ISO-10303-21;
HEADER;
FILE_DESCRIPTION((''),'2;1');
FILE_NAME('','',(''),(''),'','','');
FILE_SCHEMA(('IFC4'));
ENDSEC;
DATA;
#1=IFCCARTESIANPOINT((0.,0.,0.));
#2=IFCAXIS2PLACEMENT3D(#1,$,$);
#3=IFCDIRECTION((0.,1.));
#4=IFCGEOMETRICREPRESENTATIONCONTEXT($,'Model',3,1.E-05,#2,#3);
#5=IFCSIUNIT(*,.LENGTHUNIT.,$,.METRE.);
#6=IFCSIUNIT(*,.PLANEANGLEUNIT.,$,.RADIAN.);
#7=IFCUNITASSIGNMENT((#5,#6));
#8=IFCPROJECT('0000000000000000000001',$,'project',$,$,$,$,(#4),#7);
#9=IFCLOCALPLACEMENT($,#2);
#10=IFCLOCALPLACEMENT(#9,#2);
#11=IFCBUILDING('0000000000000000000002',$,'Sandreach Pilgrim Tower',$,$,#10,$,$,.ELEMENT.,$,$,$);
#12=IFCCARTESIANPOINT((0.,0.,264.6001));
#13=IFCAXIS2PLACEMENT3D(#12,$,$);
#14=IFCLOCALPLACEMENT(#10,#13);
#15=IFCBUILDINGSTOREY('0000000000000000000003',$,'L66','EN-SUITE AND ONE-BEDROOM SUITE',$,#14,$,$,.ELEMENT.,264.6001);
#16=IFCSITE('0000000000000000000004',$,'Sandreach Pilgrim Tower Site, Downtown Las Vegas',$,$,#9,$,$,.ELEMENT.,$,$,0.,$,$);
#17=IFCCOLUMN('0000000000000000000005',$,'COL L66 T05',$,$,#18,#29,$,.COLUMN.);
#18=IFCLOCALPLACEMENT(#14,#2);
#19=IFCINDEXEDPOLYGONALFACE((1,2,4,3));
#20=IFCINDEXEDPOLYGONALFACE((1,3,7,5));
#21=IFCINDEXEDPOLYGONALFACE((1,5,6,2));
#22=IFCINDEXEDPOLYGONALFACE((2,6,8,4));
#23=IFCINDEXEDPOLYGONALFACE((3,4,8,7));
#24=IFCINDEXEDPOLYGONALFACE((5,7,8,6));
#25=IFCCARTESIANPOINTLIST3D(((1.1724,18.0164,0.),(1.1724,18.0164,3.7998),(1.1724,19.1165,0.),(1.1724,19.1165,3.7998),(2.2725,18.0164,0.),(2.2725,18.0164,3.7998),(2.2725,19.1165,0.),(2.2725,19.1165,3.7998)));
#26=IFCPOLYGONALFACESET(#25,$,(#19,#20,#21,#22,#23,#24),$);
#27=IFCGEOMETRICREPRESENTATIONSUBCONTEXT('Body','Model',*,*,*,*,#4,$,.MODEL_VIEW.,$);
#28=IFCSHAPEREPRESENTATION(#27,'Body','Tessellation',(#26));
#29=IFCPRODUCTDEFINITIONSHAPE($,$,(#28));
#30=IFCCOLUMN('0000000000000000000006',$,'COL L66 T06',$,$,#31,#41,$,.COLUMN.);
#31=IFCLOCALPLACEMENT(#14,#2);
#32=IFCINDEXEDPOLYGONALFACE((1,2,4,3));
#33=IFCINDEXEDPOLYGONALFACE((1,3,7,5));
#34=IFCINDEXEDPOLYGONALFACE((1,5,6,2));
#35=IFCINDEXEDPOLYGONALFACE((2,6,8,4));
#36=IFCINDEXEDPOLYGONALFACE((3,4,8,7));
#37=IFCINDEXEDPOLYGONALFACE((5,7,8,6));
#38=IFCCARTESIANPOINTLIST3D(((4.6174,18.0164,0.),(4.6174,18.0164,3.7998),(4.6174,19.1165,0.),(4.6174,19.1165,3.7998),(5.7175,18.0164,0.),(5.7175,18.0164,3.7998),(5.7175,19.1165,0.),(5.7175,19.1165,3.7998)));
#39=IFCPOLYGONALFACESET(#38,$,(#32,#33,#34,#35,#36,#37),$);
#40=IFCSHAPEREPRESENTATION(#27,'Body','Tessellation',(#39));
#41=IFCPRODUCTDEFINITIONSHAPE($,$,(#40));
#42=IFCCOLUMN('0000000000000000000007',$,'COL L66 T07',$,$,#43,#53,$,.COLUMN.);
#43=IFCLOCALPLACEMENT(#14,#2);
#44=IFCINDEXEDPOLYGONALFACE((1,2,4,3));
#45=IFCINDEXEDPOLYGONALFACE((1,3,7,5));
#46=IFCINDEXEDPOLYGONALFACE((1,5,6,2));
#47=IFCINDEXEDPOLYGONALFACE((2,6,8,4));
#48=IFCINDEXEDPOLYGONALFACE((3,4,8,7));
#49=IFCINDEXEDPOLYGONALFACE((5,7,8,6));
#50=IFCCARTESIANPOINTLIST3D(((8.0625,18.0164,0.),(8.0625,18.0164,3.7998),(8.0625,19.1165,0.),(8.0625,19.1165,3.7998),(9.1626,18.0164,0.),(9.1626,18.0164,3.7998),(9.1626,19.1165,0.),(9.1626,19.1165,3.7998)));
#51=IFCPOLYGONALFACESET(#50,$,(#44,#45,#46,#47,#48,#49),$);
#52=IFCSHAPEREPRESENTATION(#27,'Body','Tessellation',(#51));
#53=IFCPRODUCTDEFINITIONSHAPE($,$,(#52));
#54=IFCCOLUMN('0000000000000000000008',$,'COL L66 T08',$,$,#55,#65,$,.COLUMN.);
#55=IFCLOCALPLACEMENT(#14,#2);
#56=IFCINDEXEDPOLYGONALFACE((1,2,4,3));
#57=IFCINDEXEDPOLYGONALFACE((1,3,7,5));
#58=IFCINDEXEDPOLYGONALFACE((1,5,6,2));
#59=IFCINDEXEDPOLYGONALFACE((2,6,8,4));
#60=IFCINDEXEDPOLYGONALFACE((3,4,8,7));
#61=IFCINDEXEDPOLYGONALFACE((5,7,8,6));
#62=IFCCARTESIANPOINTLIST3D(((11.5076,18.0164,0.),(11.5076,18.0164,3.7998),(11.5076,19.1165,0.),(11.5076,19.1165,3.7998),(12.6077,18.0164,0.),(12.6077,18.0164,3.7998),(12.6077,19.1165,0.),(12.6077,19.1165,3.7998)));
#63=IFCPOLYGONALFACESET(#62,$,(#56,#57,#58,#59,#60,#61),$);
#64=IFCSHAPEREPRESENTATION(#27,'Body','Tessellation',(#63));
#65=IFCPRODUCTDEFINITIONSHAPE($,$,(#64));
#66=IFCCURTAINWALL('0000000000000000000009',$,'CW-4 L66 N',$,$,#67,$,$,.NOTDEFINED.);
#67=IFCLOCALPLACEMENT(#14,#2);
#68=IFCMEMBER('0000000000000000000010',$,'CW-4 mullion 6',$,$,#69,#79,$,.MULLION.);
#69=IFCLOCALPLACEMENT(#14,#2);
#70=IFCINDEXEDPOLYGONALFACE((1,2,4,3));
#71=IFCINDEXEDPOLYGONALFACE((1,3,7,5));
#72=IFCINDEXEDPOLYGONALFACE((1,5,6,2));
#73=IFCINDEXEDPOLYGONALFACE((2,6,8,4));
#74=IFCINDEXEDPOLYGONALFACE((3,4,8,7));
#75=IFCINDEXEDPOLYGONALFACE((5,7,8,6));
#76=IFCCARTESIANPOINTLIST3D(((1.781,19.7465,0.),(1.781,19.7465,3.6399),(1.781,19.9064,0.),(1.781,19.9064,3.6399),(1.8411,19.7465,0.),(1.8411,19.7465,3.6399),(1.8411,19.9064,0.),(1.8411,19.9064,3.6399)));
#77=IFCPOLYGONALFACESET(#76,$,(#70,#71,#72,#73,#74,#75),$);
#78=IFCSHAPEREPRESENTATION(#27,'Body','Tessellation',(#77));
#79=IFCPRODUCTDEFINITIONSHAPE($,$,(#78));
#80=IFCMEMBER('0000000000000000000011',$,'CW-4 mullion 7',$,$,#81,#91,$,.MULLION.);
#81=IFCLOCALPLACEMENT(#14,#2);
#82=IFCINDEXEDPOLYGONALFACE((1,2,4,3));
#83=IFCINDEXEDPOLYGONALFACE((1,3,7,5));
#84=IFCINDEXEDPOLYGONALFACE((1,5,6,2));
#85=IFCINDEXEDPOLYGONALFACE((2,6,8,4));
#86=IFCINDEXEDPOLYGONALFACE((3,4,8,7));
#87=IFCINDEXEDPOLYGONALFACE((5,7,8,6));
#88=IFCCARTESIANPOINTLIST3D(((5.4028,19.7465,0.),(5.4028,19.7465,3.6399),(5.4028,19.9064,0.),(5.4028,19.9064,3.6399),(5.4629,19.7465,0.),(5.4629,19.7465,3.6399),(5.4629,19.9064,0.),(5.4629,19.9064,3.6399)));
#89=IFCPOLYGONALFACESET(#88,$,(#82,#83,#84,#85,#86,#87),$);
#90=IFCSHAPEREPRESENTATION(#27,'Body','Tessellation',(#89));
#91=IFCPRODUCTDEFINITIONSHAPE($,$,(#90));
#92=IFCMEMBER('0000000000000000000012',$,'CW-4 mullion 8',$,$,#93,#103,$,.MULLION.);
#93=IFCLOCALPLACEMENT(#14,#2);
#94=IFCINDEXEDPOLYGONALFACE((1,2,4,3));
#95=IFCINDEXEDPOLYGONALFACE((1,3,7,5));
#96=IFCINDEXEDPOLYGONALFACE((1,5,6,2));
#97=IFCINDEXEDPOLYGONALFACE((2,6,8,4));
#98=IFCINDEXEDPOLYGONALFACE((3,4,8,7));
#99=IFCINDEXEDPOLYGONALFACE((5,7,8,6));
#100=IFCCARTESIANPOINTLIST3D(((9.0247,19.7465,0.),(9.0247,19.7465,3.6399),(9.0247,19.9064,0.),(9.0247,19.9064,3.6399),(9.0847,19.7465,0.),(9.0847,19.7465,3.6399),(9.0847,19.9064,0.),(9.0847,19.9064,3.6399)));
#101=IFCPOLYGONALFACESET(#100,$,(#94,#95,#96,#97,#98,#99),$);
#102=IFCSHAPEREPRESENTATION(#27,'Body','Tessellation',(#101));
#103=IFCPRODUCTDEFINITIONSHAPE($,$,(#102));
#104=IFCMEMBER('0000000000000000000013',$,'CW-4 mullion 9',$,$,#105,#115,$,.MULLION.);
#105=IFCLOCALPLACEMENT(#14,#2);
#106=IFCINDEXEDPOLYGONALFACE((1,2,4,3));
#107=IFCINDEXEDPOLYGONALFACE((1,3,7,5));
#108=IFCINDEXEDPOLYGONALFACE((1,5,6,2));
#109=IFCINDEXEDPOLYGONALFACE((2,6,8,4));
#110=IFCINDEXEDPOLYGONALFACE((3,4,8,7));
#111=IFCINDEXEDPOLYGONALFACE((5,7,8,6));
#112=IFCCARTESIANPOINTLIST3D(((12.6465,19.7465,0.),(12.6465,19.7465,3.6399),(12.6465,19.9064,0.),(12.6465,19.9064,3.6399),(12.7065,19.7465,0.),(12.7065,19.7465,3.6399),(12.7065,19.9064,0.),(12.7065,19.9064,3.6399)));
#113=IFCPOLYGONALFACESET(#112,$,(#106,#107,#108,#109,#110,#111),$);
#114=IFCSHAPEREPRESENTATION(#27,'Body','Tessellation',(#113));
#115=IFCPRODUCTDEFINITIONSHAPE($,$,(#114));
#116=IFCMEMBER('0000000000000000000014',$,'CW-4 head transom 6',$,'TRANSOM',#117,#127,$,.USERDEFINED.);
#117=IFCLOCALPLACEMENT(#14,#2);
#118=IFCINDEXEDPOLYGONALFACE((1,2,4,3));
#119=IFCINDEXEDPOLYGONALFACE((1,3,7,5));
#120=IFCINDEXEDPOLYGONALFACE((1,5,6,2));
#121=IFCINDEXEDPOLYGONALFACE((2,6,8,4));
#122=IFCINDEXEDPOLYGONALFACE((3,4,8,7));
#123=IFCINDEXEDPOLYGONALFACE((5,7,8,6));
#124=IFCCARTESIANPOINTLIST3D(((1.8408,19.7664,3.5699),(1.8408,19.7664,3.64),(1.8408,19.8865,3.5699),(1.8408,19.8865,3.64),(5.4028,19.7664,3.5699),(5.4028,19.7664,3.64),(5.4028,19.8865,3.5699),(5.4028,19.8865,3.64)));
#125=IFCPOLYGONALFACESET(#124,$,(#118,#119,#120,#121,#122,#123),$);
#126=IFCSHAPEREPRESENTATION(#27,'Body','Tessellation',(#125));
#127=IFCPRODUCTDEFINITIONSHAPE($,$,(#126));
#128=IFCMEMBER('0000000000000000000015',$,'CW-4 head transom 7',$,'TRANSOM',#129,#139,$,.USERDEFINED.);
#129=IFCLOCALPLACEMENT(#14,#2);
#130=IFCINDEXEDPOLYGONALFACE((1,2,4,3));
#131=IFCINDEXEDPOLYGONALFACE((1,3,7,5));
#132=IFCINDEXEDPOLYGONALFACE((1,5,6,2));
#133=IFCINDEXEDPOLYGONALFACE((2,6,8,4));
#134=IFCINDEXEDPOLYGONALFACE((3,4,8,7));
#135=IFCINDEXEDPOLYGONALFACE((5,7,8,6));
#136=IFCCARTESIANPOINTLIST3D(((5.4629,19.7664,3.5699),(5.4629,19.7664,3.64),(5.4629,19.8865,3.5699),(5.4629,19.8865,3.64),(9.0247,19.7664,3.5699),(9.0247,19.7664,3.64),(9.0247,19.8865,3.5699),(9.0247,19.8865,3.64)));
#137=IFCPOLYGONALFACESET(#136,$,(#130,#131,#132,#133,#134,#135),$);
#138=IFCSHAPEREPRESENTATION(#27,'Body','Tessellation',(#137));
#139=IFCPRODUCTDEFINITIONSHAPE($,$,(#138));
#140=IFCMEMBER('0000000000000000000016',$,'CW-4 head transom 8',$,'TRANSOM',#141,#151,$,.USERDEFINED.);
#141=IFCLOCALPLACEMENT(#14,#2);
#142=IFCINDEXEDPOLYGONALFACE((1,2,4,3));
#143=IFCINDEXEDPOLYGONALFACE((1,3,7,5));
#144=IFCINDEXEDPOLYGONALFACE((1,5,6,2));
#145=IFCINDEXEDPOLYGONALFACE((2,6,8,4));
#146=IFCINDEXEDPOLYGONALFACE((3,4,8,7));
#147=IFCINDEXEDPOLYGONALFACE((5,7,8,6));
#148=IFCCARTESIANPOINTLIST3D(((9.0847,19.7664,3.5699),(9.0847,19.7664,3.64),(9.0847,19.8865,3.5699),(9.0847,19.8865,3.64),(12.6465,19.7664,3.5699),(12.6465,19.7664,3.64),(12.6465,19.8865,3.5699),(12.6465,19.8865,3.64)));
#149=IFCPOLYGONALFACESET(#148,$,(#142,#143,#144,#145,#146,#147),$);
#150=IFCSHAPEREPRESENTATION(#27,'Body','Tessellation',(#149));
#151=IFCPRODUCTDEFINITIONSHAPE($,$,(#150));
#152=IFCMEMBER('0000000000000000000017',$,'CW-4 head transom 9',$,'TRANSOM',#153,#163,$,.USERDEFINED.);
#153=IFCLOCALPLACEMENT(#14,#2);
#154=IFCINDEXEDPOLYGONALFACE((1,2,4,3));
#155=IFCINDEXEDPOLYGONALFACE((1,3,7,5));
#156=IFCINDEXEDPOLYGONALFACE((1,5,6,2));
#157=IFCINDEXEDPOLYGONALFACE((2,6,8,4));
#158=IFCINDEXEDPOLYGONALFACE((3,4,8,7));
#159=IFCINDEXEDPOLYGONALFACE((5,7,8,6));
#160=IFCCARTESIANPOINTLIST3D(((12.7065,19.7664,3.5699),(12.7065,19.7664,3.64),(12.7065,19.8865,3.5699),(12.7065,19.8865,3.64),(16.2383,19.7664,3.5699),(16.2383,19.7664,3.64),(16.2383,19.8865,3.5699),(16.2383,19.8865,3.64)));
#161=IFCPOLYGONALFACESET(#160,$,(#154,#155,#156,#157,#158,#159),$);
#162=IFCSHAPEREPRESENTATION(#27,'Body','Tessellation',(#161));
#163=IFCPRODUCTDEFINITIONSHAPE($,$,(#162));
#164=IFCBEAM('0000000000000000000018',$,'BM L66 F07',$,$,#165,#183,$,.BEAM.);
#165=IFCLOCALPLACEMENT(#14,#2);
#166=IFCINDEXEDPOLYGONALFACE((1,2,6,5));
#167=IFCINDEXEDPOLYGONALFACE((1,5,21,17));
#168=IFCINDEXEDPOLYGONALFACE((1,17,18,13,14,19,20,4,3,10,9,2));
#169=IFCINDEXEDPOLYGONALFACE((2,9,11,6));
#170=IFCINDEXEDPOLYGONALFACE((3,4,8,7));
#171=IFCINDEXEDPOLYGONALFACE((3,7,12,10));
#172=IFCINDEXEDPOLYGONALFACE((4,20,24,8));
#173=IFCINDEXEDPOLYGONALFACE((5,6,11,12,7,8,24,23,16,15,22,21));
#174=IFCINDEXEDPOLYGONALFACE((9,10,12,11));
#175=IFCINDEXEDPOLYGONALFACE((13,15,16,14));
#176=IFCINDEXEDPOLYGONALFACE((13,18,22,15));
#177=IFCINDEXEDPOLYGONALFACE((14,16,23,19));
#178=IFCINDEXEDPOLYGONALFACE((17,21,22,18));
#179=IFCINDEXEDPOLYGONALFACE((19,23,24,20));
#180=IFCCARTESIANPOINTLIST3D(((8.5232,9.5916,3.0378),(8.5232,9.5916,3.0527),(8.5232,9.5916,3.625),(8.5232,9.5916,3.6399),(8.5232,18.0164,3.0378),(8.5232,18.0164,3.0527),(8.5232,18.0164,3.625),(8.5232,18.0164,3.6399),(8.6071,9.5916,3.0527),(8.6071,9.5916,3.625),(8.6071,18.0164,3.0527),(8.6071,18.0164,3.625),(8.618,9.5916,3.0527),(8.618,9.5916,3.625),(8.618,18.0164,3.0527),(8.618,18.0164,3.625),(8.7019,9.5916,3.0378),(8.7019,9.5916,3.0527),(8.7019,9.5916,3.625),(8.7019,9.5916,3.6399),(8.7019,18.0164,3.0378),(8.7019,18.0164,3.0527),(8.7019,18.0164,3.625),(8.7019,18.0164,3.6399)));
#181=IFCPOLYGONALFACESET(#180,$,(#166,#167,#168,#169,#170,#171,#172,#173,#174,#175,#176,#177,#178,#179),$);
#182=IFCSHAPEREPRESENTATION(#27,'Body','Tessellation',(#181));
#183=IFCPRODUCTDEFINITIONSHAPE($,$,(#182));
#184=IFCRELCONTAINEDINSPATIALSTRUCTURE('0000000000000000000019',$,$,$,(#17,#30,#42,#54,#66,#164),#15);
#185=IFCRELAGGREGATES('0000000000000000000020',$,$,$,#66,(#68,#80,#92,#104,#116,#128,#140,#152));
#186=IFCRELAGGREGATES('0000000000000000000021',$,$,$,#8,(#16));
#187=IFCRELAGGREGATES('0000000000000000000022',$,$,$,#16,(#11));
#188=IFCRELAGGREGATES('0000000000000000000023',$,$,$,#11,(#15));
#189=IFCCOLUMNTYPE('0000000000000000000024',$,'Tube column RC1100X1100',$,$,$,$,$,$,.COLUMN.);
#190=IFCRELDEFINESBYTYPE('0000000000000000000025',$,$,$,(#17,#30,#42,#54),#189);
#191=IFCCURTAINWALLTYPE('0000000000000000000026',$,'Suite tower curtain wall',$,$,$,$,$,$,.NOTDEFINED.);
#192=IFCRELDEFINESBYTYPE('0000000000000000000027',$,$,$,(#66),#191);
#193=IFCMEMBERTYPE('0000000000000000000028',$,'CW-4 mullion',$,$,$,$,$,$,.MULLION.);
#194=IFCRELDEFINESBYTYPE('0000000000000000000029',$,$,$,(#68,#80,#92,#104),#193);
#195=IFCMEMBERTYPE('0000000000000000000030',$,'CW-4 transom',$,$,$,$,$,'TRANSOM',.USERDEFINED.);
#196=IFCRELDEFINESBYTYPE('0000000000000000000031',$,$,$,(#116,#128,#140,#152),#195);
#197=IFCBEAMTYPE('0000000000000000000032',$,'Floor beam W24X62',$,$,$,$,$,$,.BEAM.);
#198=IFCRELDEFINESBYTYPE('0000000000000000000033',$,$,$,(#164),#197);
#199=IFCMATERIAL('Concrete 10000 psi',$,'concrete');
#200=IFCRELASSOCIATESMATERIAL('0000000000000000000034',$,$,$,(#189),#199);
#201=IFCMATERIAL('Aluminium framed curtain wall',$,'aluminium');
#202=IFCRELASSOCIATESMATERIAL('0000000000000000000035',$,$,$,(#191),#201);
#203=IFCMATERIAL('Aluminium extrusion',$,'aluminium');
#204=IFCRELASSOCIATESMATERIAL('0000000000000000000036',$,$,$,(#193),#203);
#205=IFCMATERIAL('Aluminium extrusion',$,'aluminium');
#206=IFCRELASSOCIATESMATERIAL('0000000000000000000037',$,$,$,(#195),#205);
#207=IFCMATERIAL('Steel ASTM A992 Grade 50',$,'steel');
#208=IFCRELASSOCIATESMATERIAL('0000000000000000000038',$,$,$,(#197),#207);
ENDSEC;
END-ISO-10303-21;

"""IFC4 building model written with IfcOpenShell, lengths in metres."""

from ifc_helpers import new_model, si_unit, direction, frame, origin, origin_2d, place, context, subcontext, project, spatial, rectangle, i_section, extrude, material, material_profile, profile_set, type_object, element, aggregate, save


model = new_model("IFC4")

# Units and contexts
model_context = context("Model", 3, precision=1e-05, world=origin(), true_north=direction((0.0, 1.0)))
body_context = subcontext(model_context, "Body", "Model", "MODEL_VIEW")
ifc_project = project(units=[si_unit("LENGTHUNIT", "METRE"), si_unit("PLANEANGLEUNIT", "RADIAN")], contexts=[model_context])

# Site, building, storey
site_placement = place(None, origin())
site = spatial("IfcSite", under=ifc_project, at=site_placement, Name="Sandreach Pilgrim Tower Site, Downtown Las Vegas", CompositionType="ELEMENT", RefElevation=0.0)
building_placement = place(site_placement, origin())
building = spatial("IfcBuilding", under=site, at=building_placement, Name="Sandreach Pilgrim Tower", CompositionType="ELEMENT")
storey_placement = place(building_placement, frame((0.0, 0.0, 264.6001)))
storey = spatial("IfcBuildingStorey", under=building, at=storey_placement, Name="L66", Description="EN-SUITE AND ONE-BEDROOM SUITE", CompositionType="ELEMENT", Elevation=264.6001)

# Columns
ifc_material_1 = material(Name="Concrete 10000 psi", Category="concrete")
ifc_material_profile_1 = material_profile(ifc_material_1, rectangle(XDim=1.1001, YDim=1.1001, at=origin_2d()), Name="RC1100X1100")
ifc_profile_set_1 = profile_set([ifc_material_profile_1], Name="Concrete 10000 psi")
column_type = type_object("IfcColumnType", Name="Tube column RC1100X1100", PredefinedType="COLUMN", material=ifc_profile_set_1)
for number, where, z_axis, x_axis, name in (
    (1, (1.7224, 18.5664, 0.0), (0.0, 0.0, 1.0), (0.0, 1.0, 0.0), "COL L66 T05"),
    (2, (5.1675, 18.5664, 0.0), (0.0, 0.0, 1.0), (0.0, 1.0, 0.0), "COL L66 T06"),
    (3, (8.6125, 18.5664, 0.0), (0.0, 0.0, 1.0), (0.0, 1.0, 0.0), "COL L66 T07"),
    (4, (12.0576, 18.5664, 0.0), (0.0, 0.0, 1.0), (0.0, 1.0, 0.0), "COL L66 T08"),
):
    element("IfcColumn", number, at=place(storey_placement, frame(where, z_axis=z_axis, x_axis=x_axis)), inside=storey, type_object=column_type, Name=name, PredefinedType="COLUMN", context=body_context, shape_type="SweptSolid", body=[
        extrude(rectangle(XDim=1.1001, YDim=1.1001, at=origin_2d()), origin(), (0.0, 0.0, 1.0), 3.7998),
    ])

# Curtain wall, members
ifc_material_2 = material(Name="Aluminium framed curtain wall", Category="aluminium")
curtain_wall_type = type_object("IfcCurtainWallType", Name="Suite tower curtain wall", PredefinedType="NOTDEFINED", material=ifc_material_2)
curtain_wall_placement = place(storey_placement, origin())
curtain_wall = element("IfcCurtainWall", 5, at=curtain_wall_placement, inside=storey, type_object=curtain_wall_type, Name="CW-4 L66 N", PredefinedType="NOTDEFINED")
ifc_material_3 = material(Name="Aluminium extrusion", Category="aluminium")
ifc_material_profile_2 = material_profile(ifc_material_3, rectangle(XDim=0.0601, YDim=0.1599, at=origin_2d()), Name="CW-4M 60X160")
ifc_profile_set_2 = profile_set([ifc_material_profile_2], Name="Aluminium extrusion")
member_type_1 = type_object("IfcMemberType", Name="CW-4 mullion", PredefinedType="MULLION", material=ifc_profile_set_2)
member_1_placement = place(storey_placement, frame((1.811, 19.8264, 0.0), z_axis=(0.0, 0.0, 1.0), x_axis=(1.0, 0.0, 0.0)))
member_1 = element("IfcMember", 6, at=member_1_placement, type_object=member_type_1, Name="CW-4 mullion 6", PredefinedType="MULLION", context=body_context, shape_type="SweptSolid", body=[
    extrude(rectangle(XDim=0.0601, YDim=0.1599, at=origin_2d()), origin(), (0.0, 0.0, 1.0), 3.6399),
])
member_2_placement = place(storey_placement, frame((5.4329, 19.8264, 0.0), z_axis=(0.0, 0.0, 1.0), x_axis=(1.0, 0.0, 0.0)))
member_2 = element("IfcMember", 7, at=member_2_placement, type_object=member_type_1, Name="CW-4 mullion 7", PredefinedType="MULLION", context=body_context, shape_type="SweptSolid", body=[
    extrude(rectangle(XDim=0.0601, YDim=0.1599, at=origin_2d()), origin(), (0.0, 0.0, 1.0), 3.6399),
])
member_3_placement = place(storey_placement, frame((9.0547, 19.8264, 0.0), z_axis=(0.0, 0.0, 1.0), x_axis=(1.0, 0.0, 0.0)))
member_3 = element("IfcMember", 8, at=member_3_placement, type_object=member_type_1, Name="CW-4 mullion 8", PredefinedType="MULLION", context=body_context, shape_type="SweptSolid", body=[
    extrude(rectangle(XDim=0.0601, YDim=0.1599, at=origin_2d()), origin(), (0.0, 0.0, 1.0), 3.6399),
])
member_4_placement = place(storey_placement, frame((12.6765, 19.8264, 0.0), z_axis=(0.0, 0.0, 1.0), x_axis=(1.0, 0.0, 0.0)))
member_4 = element("IfcMember", 9, at=member_4_placement, type_object=member_type_1, Name="CW-4 mullion 9", PredefinedType="MULLION", context=body_context, shape_type="SweptSolid", body=[
    extrude(rectangle(XDim=0.0601, YDim=0.1599, at=origin_2d()), origin(), (0.0, 0.0, 1.0), 3.6399),
])
ifc_material_4 = material(Name="Aluminium extrusion", Category="aluminium")
ifc_material_profile_3 = material_profile(ifc_material_4, rectangle(XDim=0.1201, YDim=0.0701, at=origin_2d()), Name="CW-4T 120X70")
ifc_profile_set_3 = profile_set([ifc_material_profile_3], Name="Aluminium extrusion")
member_type_2 = type_object("IfcMemberType", Name="CW-4 transom", ElementType="TRANSOM", PredefinedType="USERDEFINED", material=ifc_profile_set_3)
member_5_placement = place(storey_placement, frame((1.8408, 19.8264, 3.605), z_axis=(1.0, 0.0, 0.0), x_axis=(0.0, 1.0, 0.0)))
member_5 = element("IfcMember", 10, at=member_5_placement, type_object=member_type_2, Name="CW-4 head transom 6", ObjectType="TRANSOM", PredefinedType="USERDEFINED", context=body_context, shape_type="SweptSolid", body=[
    extrude(rectangle(XDim=0.1201, YDim=0.0701, at=origin_2d()), origin(), (0.0, 0.0, 1.0), 3.562),
])
member_6_placement = place(storey_placement, frame((5.4629, 19.8264, 3.605), z_axis=(1.0, 0.0, 0.0), x_axis=(0.0, 1.0, 0.0)))
member_6 = element("IfcMember", 11, at=member_6_placement, type_object=member_type_2, Name="CW-4 head transom 7", ObjectType="TRANSOM", PredefinedType="USERDEFINED", context=body_context, shape_type="SweptSolid", body=[
    extrude(rectangle(XDim=0.1201, YDim=0.0701, at=origin_2d()), origin(), (0.0, 0.0, 1.0), 3.5618),
])
member_7_placement = place(storey_placement, frame((9.0847, 19.8264, 3.605), z_axis=(1.0, 0.0, 0.0), x_axis=(0.0, 1.0, 0.0)))
member_7 = element("IfcMember", 12, at=member_7_placement, type_object=member_type_2, Name="CW-4 head transom 8", ObjectType="TRANSOM", PredefinedType="USERDEFINED", context=body_context, shape_type="SweptSolid", body=[
    extrude(rectangle(XDim=0.1201, YDim=0.0701, at=origin_2d()), origin(), (0.0, 0.0, 1.0), 3.5618),
])
member_8_placement = place(storey_placement, frame((12.7065, 19.8264, 3.605), z_axis=(1.0, 0.0, 0.0), x_axis=(0.0, 1.0, 0.0)))
member_8 = element("IfcMember", 13, at=member_8_placement, type_object=member_type_2, Name="CW-4 head transom 9", ObjectType="TRANSOM", PredefinedType="USERDEFINED", context=body_context, shape_type="SweptSolid", body=[
    extrude(rectangle(XDim=0.1201, YDim=0.0701, at=origin_2d()), origin(), (0.0, 0.0, 1.0), 3.5317),
])

# Beam
ifc_material_5 = material(Name="Steel ASTM A992 Grade 50", Category="steel")
ifc_material_profile_4 = material_profile(ifc_material_5, i_section(OverallWidth=0.1787, OverallDepth=0.6021, WebThickness=0.011, FlangeThickness=0.0149, at=origin_2d()), Name="W24X62")
ifc_profile_set_4 = profile_set([ifc_material_profile_4], Name="Steel ASTM A992 Grade 50")
beam_type_1 = type_object("IfcBeamType", Name="Floor beam W24X62", PredefinedType="BEAM", material=ifc_profile_set_4)
beam_1_placement = place(storey_placement, frame((8.6125, 18.0164, 3.3389), z_axis=(0.0, -1.0, 0.0), x_axis=(1.0, 0.0, 0.0)))
element("IfcBeam", 14, at=beam_1_placement, inside=storey, type_object=beam_type_1, Name="BM L66 F07", PredefinedType="BEAM", context=body_context, shape_type="SweptSolid", body=[
    extrude(i_section(OverallWidth=0.1787, OverallDepth=0.6021, WebThickness=0.011, FlangeThickness=0.0149, at=origin_2d()), origin(), (0.0, 0.0, 1.0), 8.4248),
])

aggregate(curtain_wall, [member_1, member_2, member_3, member_4, member_5, member_6, member_7, member_8])

save(model, "model.ifc")
